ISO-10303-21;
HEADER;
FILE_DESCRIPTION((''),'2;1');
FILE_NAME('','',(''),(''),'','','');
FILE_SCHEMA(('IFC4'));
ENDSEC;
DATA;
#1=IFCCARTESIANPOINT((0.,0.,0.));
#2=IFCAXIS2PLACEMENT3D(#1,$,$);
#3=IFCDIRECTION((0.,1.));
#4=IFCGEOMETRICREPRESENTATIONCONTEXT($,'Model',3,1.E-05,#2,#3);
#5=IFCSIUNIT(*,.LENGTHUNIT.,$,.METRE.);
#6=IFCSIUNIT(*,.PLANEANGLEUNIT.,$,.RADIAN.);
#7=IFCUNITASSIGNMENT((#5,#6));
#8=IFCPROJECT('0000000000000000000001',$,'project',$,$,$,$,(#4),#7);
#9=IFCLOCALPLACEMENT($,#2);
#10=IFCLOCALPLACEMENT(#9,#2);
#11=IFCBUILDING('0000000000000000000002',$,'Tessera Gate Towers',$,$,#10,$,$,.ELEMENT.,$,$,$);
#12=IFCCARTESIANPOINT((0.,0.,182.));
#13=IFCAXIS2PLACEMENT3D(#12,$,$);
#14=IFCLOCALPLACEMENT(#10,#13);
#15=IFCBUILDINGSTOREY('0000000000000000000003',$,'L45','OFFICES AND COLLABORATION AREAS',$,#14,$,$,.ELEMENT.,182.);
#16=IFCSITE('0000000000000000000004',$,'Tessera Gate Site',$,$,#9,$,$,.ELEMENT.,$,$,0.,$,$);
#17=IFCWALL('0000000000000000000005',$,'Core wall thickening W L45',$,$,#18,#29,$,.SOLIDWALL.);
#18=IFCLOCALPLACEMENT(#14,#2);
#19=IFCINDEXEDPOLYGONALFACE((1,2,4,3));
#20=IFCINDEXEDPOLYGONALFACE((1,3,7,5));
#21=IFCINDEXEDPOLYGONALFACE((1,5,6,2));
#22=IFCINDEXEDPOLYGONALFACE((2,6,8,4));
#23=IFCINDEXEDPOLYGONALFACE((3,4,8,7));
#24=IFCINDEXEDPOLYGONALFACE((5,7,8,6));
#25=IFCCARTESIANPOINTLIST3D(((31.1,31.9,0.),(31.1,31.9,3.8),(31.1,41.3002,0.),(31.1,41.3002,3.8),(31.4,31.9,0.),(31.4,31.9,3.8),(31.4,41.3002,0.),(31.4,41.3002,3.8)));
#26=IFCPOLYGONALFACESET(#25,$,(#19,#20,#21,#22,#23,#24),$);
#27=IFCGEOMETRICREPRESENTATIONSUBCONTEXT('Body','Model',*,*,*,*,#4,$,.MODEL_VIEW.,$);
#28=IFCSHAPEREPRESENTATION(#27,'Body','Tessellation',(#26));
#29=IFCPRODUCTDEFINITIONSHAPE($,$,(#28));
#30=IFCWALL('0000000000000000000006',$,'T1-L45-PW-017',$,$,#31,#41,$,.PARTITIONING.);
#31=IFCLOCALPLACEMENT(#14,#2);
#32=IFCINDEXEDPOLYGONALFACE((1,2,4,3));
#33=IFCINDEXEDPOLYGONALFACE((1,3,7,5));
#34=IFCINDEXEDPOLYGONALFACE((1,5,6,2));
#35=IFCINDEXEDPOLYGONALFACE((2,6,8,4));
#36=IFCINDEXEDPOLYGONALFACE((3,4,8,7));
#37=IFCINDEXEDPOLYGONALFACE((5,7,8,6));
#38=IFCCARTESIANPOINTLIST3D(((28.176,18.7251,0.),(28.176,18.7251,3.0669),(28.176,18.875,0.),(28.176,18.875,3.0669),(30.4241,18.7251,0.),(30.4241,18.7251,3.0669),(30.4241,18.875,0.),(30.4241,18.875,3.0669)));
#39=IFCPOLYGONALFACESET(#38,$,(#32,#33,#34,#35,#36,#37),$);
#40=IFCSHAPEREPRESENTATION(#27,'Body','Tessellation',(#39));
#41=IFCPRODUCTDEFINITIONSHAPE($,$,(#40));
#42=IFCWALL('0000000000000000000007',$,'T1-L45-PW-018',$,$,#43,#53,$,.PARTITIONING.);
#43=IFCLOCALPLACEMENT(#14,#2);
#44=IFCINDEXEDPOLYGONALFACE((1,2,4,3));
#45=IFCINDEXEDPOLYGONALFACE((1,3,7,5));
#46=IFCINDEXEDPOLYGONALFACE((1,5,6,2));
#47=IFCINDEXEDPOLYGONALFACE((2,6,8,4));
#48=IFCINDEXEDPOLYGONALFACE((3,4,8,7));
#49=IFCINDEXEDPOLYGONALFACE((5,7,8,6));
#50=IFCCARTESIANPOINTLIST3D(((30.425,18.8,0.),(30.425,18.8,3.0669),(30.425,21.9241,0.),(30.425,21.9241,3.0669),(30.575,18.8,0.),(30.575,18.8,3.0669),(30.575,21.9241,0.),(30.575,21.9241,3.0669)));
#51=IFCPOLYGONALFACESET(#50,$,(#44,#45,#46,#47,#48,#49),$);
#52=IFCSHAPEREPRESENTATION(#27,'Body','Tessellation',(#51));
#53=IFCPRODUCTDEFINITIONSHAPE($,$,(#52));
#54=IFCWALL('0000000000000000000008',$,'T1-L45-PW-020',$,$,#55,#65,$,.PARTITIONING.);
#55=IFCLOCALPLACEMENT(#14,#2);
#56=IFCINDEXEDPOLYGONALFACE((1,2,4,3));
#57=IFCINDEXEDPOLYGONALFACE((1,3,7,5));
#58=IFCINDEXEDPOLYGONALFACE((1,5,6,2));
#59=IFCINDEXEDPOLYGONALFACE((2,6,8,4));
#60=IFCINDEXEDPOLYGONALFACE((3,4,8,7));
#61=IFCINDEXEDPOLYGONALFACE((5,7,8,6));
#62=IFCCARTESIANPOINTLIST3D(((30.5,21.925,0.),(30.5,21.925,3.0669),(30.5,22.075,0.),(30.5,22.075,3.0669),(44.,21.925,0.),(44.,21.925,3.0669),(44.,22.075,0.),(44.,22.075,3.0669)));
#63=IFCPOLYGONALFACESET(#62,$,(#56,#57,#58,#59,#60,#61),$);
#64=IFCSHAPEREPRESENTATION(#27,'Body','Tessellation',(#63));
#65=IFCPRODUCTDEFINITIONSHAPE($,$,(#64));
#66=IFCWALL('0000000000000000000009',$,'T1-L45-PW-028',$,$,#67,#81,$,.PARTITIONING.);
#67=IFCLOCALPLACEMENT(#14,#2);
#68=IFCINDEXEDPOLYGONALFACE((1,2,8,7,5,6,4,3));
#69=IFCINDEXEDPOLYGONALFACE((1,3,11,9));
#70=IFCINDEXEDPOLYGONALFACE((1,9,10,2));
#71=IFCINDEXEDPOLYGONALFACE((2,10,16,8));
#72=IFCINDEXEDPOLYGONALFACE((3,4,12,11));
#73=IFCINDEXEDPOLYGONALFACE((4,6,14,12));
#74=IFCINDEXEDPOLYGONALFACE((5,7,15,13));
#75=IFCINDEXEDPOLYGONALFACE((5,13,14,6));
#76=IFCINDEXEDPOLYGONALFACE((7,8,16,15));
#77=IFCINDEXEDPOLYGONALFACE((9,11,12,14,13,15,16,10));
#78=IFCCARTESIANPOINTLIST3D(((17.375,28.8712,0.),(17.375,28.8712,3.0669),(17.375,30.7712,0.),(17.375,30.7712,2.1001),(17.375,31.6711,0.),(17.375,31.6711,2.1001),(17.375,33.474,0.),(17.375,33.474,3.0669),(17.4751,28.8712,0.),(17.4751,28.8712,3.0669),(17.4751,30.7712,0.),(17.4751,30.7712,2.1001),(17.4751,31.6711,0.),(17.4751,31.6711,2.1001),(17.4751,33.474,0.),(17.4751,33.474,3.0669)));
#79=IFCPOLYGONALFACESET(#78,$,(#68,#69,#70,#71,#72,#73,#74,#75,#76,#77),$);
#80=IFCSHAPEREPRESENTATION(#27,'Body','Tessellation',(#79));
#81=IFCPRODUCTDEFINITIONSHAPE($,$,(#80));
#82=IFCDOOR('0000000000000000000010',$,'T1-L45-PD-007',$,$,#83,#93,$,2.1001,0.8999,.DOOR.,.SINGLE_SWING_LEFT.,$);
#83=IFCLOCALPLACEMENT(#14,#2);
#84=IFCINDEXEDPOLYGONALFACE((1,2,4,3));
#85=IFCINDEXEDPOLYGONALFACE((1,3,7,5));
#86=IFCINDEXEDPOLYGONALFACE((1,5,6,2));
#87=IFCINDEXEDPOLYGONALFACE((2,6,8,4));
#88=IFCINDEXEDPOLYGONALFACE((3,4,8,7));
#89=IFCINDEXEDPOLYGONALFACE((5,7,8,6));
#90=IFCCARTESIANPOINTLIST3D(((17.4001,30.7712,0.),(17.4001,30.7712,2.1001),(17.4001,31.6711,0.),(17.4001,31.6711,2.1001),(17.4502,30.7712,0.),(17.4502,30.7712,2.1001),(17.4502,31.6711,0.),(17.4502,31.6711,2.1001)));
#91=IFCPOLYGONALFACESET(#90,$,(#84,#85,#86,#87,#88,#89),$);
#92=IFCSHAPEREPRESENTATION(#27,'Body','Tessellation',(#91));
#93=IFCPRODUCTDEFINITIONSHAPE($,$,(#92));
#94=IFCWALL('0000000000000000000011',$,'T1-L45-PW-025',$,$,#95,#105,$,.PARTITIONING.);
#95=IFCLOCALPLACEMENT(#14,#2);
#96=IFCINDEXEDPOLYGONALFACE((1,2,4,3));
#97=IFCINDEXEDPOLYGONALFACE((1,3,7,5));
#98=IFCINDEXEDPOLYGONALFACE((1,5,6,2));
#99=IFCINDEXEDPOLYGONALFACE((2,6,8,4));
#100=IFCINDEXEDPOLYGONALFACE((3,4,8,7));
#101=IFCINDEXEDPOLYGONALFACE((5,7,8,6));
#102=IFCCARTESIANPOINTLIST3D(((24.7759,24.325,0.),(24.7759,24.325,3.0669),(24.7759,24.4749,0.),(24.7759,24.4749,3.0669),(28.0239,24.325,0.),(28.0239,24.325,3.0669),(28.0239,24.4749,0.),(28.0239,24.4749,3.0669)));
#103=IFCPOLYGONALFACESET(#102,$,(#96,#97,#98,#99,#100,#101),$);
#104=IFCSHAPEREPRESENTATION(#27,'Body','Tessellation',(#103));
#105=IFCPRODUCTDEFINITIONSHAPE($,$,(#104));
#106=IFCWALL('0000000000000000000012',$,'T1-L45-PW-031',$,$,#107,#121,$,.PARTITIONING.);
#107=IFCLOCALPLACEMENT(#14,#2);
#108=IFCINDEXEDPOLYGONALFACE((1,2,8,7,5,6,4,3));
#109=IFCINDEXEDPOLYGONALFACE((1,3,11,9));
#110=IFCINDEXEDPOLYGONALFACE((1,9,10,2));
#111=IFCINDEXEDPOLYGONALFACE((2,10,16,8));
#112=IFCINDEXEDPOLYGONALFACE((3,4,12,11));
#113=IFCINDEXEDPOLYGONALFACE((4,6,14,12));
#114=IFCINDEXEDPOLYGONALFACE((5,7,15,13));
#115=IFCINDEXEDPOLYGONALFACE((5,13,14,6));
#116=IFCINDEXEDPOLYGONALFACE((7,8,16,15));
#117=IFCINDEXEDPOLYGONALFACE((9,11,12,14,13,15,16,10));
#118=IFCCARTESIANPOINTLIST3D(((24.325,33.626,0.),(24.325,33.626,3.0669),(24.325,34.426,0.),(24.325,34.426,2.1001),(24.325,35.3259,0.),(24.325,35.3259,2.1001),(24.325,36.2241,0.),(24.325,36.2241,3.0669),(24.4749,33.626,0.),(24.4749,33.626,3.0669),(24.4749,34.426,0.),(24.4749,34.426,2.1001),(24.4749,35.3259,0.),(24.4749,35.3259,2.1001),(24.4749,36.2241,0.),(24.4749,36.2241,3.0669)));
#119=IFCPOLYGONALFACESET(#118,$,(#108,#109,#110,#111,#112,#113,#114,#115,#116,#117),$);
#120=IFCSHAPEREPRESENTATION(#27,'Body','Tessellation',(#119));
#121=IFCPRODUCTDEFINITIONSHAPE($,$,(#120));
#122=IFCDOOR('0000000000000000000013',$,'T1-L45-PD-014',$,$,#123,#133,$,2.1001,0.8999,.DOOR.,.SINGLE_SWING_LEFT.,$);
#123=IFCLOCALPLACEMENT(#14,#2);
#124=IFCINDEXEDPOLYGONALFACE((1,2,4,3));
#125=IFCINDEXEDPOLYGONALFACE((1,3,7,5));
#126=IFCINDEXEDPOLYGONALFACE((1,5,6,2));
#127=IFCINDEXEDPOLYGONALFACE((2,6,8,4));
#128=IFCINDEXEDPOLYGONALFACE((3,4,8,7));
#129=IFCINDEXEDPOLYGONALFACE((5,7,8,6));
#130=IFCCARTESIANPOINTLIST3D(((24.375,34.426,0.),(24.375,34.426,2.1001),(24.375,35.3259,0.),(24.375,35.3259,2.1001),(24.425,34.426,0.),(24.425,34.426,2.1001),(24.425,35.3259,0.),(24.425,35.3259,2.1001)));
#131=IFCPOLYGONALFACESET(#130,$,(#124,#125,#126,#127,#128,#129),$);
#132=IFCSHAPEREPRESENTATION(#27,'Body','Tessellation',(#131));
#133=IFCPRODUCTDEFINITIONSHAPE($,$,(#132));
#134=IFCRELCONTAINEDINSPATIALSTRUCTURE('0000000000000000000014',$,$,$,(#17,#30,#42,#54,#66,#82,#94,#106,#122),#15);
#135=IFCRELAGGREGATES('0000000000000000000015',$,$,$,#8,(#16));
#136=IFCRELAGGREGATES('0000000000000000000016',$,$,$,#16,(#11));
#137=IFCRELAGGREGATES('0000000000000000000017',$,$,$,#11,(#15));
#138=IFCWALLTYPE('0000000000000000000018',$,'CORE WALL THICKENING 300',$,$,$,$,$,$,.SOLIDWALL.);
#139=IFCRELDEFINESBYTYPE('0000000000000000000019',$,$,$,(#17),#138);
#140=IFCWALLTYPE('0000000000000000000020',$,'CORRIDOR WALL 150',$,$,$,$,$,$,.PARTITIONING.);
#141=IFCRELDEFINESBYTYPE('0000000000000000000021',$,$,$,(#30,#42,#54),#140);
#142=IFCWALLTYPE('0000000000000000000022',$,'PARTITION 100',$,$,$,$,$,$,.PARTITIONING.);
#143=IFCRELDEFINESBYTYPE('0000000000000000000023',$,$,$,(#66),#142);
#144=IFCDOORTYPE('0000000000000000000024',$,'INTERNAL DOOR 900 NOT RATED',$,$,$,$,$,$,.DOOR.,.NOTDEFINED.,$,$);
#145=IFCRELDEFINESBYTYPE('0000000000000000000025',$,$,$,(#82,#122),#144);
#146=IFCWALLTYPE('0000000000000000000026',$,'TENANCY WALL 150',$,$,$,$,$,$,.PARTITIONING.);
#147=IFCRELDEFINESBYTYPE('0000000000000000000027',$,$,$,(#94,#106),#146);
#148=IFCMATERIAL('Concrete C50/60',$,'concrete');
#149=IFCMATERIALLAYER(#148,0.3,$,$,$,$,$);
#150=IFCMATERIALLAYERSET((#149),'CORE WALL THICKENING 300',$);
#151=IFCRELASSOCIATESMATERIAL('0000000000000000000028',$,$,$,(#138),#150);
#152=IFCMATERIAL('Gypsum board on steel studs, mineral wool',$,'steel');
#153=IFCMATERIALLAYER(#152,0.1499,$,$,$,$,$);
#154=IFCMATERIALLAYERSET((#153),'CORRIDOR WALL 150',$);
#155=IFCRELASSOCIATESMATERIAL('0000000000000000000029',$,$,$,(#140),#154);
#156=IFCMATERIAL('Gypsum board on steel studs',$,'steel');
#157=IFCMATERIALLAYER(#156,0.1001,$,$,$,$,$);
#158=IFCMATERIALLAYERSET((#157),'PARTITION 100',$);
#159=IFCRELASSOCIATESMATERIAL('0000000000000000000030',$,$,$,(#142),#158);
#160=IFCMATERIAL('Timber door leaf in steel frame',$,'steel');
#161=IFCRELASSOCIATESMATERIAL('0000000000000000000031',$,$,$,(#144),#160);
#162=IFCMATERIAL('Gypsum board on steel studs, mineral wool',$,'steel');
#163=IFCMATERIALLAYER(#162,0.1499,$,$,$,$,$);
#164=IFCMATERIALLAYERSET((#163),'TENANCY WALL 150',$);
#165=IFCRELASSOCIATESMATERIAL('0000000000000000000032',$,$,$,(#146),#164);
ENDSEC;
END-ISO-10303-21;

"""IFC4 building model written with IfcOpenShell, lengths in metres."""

from ifc_helpers import new_model, si_unit, direction, frame, frame_2d, origin, place, context, subcontext, project, spatial, rectangle, extrude, source, transform, mapped, material, layer, layer_set, type_object, element, fill, save


model = new_model("IFC4")

# Units and contexts
model_context = context("Model", 3, precision=1e-05, world=origin(), true_north=direction((0.0, 1.0)))
body_context = subcontext(model_context, "Body", "Model", "MODEL_VIEW")
ifc_project = project(units=[si_unit("LENGTHUNIT", "METRE"), si_unit("PLANEANGLEUNIT", "RADIAN")], contexts=[model_context])

# Site, building, storey
site_placement = place(None, origin())
site = spatial("IfcSite", under=ifc_project, at=site_placement, Name="Tessera Gate Site", CompositionType="ELEMENT", RefElevation=0.0)
building_placement = place(site_placement, origin())
building = spatial("IfcBuilding", under=site, at=building_placement, Name="Tessera Gate Towers", CompositionType="ELEMENT")
storey_placement = place(building_placement, frame((0.0, 0.0, 182.0)))
storey = spatial("IfcBuildingStorey", under=building, at=storey_placement, Name="L45", Description="OFFICES AND COLLABORATION AREAS", CompositionType="ELEMENT", Elevation=182.0)

# Shared definitions
shared_shape_1 = source(origin(), body_context, "Body", "SweptSolid", [
    extrude(rectangle(XDim=0.8999, YDim=2.1001, at=frame_2d((0.45, 1.05))), frame((0.0, 0.0249, 0.0), z_axis=(0.0, -1.0, 0.0), x_axis=(1.0, 0.0, 0.0)), (0.0, 0.0, 1.0), 0.05),
])

# Walls
ifc_material_1 = material(Name="Concrete C50/60", Category="concrete")
ifc_layer_1 = layer(ifc_material_1, 0.3)
ifc_layer_set_1 = layer_set([ifc_layer_1], Name="CORE WALL THICKENING 300")
wall_type_1 = type_object("IfcWallType", Name="CORE WALL THICKENING 300", PredefinedType="SOLIDWALL", material=ifc_layer_set_1)
wall_1_placement = place(storey_placement, frame((31.25, 31.8999, 0.0), z_axis=(0.0, 0.0, 1.0), x_axis=(0.0, 1.0, 0.0)))
element("IfcWall", 1, at=wall_1_placement, inside=storey, type_object=wall_type_1, Name="Core wall thickening W L45", PredefinedType="SOLIDWALL", context=body_context, shape_type="SweptSolid", body=[
    extrude(rectangle(XDim=9.4001, YDim=0.3, at=frame_2d((4.7002, 0.0))), origin(), (0.0, 0.0, 1.0), 3.8),
])
ifc_material_2 = material(Name="Gypsum board on steel studs, mineral wool", Category="steel")
ifc_layer_2 = layer(ifc_material_2, 0.1499)
ifc_layer_set_2 = layer_set([ifc_layer_2], Name="CORRIDOR WALL 150")
wall_type_2 = type_object("IfcWallType", Name="CORRIDOR WALL 150", PredefinedType="PARTITIONING", material=ifc_layer_set_2)
wall_2_placement = place(storey_placement, frame((28.176, 18.8, 0.0), z_axis=(0.0, 0.0, 1.0), x_axis=(1.0, 0.0, 0.0)))
element("IfcWall", 2, at=wall_2_placement, inside=storey, type_object=wall_type_2, Name="T1-L45-PW-017", PredefinedType="PARTITIONING", context=body_context, shape_type="SweptSolid", body=[
    extrude(rectangle(XDim=2.248, YDim=0.1499, at=frame_2d((1.124, 0.0))), origin(), (0.0, 0.0, 1.0), 3.0669),
])
wall_3_placement = place(storey_placement, frame((30.5, 18.8, 0.0), z_axis=(0.0, 0.0, 1.0), x_axis=(0.0, 1.0, 0.0)))
element("IfcWall", 3, at=wall_3_placement, inside=storey, type_object=wall_type_2, Name="T1-L45-PW-018", PredefinedType="PARTITIONING", context=body_context, shape_type="SweptSolid", body=[
    extrude(rectangle(XDim=3.124, YDim=0.1499, at=frame_2d((1.562, 0.0))), origin(), (0.0, 0.0, 1.0), 3.0669),
])
wall_4_placement = place(storey_placement, frame((30.5, 22.0, 0.0), z_axis=(0.0, 0.0, 1.0), x_axis=(1.0, 0.0, 0.0)))
element("IfcWall", 4, at=wall_4_placement, inside=storey, type_object=wall_type_2, Name="T1-L45-PW-020", PredefinedType="PARTITIONING", context=body_context, shape_type="SweptSolid", body=[
    extrude(rectangle(XDim=13.5, YDim=0.1499, at=frame_2d((6.75, 0.0))), origin(), (0.0, 0.0, 1.0), 3.0669),
])

# Wall, opening, door
ifc_material_3 = material(Name="Gypsum board on steel studs", Category="steel")
ifc_layer_3 = layer(ifc_material_3, 0.1001)
ifc_layer_set_3 = layer_set([ifc_layer_3], Name="PARTITION 100")
wall_type_3 = type_object("IfcWallType", Name="PARTITION 100", PredefinedType="PARTITIONING", material=ifc_layer_set_3)
wall_5_placement = place(storey_placement, frame((17.425, 28.8713, 0.0), z_axis=(0.0, 0.0, 1.0), x_axis=(0.0, 1.0, 0.0)))
wall_5 = element("IfcWall", 5, at=wall_5_placement, inside=storey, type_object=wall_type_3, Name="T1-L45-PW-028", PredefinedType="PARTITIONING", context=body_context, shape_type="SweptSolid", body=[
    extrude(rectangle(XDim=4.6028, YDim=0.1001, at=frame_2d((2.3013, 0.0))), origin(), (0.0, 0.0, 1.0), 3.0669),
])
shared_shape_2 = source(origin(), body_context, "Body", "SweptSolid", [
    extrude(rectangle(XDim=0.8999, YDim=2.1001, at=frame_2d((0.45, 1.05))), frame((0.0, 0.0601, 0.0), z_axis=(0.0, -1.0, 0.0), x_axis=(1.0, 0.0, 0.0)), (0.0, 0.0, 1.0), 0.1201),
])
opening_1_placement = place(wall_5_placement, frame((1.8999, 0.0, 0.0)))
opening_1 = element("IfcOpeningElement", 6, at=opening_1_placement, cuts=wall_5, PredefinedType="OPENING", context=body_context, shape_type="MappedRepresentation", body=[
    mapped(shared_shape_2, transform((0.0, 0.0, 0.0), scale=1.0)),
])
ifc_material_4 = material(Name="Timber door leaf in steel frame", Category="steel")
door_type_1 = type_object("IfcDoorType", Name="INTERNAL DOOR 900 NOT RATED", OperationType="NOTDEFINED", PredefinedType="DOOR", material=ifc_material_4)
door_1_placement = place(opening_1_placement, origin())
door_1 = element("IfcDoor", 7, at=door_1_placement, inside=storey, type_object=door_type_1, Name="T1-L45-PD-007", OperationType="SINGLE_SWING_LEFT", OverallHeight=2.1001, OverallWidth=0.8999, PredefinedType="DOOR", context=body_context, shape_type="MappedRepresentation", body=[
    mapped(shared_shape_1, transform((0.0, 0.0, 0.0), scale=1.0)),
])
fill(opening_1, door_1)

# Wall
ifc_material_5 = material(Name="Gypsum board on steel studs, mineral wool", Category="steel")
ifc_layer_4 = layer(ifc_material_5, 0.1499)
ifc_layer_set_4 = layer_set([ifc_layer_4], Name="TENANCY WALL 150")
wall_type_4 = type_object("IfcWallType", Name="TENANCY WALL 150", PredefinedType="PARTITIONING", material=ifc_layer_set_4)
wall_6_placement = place(storey_placement, frame((24.7759, 24.3999, 0.0), z_axis=(0.0, 0.0, 1.0), x_axis=(1.0, 0.0, 0.0)))
element("IfcWall", 8, at=wall_6_placement, inside=storey, type_object=wall_type_4, Name="T1-L45-PW-025", PredefinedType="PARTITIONING", context=body_context, shape_type="SweptSolid", body=[
    extrude(rectangle(XDim=3.248, YDim=0.1499, at=frame_2d((1.624, 0.0))), origin(), (0.0, 0.0, 1.0), 3.0669),
])

# Wall, opening, door
wall_7_placement = place(storey_placement, frame((24.3999, 33.626, 0.0), z_axis=(0.0, 0.0, 1.0), x_axis=(0.0, 1.0, 0.0)))
wall_7 = element("IfcWall", 9, at=wall_7_placement, inside=storey, type_object=wall_type_4, Name="T1-L45-PW-031", PredefinedType="PARTITIONING", context=body_context, shape_type="SweptSolid", body=[
    extrude(rectangle(XDim=2.5981, YDim=0.1499, at=frame_2d((1.2991, 0.0))), origin(), (0.0, 0.0, 1.0), 3.0669),
])
shared_shape_3 = source(origin(), body_context, "Body", "SweptSolid", [
    extrude(rectangle(XDim=0.8999, YDim=2.1001, at=frame_2d((0.45, 1.05))), frame((0.0, 0.085, 0.0), z_axis=(0.0, -1.0, 0.0), x_axis=(1.0, 0.0, 0.0)), (0.0, 0.0, 1.0), 0.1699),
])
opening_2_placement = place(wall_7_placement, frame((0.8, 0.0, 0.0)))
opening_2 = element("IfcOpeningElement", 10, at=opening_2_placement, cuts=wall_7, PredefinedType="OPENING", context=body_context, shape_type="MappedRepresentation", body=[
    mapped(shared_shape_3, transform((0.0, 0.0, 0.0), scale=1.0)),
])
door_2_placement = place(opening_2_placement, origin())
door_2 = element("IfcDoor", 11, at=door_2_placement, inside=storey, type_object=door_type_1, Name="T1-L45-PD-014", OperationType="SINGLE_SWING_LEFT", OverallHeight=2.1001, OverallWidth=0.8999, PredefinedType="DOOR", context=body_context, shape_type="MappedRepresentation", body=[
    mapped(shared_shape_1, transform((0.0, 0.0, 0.0), scale=1.0)),
])
fill(opening_2, door_2)

save(model, "model.ifc")
